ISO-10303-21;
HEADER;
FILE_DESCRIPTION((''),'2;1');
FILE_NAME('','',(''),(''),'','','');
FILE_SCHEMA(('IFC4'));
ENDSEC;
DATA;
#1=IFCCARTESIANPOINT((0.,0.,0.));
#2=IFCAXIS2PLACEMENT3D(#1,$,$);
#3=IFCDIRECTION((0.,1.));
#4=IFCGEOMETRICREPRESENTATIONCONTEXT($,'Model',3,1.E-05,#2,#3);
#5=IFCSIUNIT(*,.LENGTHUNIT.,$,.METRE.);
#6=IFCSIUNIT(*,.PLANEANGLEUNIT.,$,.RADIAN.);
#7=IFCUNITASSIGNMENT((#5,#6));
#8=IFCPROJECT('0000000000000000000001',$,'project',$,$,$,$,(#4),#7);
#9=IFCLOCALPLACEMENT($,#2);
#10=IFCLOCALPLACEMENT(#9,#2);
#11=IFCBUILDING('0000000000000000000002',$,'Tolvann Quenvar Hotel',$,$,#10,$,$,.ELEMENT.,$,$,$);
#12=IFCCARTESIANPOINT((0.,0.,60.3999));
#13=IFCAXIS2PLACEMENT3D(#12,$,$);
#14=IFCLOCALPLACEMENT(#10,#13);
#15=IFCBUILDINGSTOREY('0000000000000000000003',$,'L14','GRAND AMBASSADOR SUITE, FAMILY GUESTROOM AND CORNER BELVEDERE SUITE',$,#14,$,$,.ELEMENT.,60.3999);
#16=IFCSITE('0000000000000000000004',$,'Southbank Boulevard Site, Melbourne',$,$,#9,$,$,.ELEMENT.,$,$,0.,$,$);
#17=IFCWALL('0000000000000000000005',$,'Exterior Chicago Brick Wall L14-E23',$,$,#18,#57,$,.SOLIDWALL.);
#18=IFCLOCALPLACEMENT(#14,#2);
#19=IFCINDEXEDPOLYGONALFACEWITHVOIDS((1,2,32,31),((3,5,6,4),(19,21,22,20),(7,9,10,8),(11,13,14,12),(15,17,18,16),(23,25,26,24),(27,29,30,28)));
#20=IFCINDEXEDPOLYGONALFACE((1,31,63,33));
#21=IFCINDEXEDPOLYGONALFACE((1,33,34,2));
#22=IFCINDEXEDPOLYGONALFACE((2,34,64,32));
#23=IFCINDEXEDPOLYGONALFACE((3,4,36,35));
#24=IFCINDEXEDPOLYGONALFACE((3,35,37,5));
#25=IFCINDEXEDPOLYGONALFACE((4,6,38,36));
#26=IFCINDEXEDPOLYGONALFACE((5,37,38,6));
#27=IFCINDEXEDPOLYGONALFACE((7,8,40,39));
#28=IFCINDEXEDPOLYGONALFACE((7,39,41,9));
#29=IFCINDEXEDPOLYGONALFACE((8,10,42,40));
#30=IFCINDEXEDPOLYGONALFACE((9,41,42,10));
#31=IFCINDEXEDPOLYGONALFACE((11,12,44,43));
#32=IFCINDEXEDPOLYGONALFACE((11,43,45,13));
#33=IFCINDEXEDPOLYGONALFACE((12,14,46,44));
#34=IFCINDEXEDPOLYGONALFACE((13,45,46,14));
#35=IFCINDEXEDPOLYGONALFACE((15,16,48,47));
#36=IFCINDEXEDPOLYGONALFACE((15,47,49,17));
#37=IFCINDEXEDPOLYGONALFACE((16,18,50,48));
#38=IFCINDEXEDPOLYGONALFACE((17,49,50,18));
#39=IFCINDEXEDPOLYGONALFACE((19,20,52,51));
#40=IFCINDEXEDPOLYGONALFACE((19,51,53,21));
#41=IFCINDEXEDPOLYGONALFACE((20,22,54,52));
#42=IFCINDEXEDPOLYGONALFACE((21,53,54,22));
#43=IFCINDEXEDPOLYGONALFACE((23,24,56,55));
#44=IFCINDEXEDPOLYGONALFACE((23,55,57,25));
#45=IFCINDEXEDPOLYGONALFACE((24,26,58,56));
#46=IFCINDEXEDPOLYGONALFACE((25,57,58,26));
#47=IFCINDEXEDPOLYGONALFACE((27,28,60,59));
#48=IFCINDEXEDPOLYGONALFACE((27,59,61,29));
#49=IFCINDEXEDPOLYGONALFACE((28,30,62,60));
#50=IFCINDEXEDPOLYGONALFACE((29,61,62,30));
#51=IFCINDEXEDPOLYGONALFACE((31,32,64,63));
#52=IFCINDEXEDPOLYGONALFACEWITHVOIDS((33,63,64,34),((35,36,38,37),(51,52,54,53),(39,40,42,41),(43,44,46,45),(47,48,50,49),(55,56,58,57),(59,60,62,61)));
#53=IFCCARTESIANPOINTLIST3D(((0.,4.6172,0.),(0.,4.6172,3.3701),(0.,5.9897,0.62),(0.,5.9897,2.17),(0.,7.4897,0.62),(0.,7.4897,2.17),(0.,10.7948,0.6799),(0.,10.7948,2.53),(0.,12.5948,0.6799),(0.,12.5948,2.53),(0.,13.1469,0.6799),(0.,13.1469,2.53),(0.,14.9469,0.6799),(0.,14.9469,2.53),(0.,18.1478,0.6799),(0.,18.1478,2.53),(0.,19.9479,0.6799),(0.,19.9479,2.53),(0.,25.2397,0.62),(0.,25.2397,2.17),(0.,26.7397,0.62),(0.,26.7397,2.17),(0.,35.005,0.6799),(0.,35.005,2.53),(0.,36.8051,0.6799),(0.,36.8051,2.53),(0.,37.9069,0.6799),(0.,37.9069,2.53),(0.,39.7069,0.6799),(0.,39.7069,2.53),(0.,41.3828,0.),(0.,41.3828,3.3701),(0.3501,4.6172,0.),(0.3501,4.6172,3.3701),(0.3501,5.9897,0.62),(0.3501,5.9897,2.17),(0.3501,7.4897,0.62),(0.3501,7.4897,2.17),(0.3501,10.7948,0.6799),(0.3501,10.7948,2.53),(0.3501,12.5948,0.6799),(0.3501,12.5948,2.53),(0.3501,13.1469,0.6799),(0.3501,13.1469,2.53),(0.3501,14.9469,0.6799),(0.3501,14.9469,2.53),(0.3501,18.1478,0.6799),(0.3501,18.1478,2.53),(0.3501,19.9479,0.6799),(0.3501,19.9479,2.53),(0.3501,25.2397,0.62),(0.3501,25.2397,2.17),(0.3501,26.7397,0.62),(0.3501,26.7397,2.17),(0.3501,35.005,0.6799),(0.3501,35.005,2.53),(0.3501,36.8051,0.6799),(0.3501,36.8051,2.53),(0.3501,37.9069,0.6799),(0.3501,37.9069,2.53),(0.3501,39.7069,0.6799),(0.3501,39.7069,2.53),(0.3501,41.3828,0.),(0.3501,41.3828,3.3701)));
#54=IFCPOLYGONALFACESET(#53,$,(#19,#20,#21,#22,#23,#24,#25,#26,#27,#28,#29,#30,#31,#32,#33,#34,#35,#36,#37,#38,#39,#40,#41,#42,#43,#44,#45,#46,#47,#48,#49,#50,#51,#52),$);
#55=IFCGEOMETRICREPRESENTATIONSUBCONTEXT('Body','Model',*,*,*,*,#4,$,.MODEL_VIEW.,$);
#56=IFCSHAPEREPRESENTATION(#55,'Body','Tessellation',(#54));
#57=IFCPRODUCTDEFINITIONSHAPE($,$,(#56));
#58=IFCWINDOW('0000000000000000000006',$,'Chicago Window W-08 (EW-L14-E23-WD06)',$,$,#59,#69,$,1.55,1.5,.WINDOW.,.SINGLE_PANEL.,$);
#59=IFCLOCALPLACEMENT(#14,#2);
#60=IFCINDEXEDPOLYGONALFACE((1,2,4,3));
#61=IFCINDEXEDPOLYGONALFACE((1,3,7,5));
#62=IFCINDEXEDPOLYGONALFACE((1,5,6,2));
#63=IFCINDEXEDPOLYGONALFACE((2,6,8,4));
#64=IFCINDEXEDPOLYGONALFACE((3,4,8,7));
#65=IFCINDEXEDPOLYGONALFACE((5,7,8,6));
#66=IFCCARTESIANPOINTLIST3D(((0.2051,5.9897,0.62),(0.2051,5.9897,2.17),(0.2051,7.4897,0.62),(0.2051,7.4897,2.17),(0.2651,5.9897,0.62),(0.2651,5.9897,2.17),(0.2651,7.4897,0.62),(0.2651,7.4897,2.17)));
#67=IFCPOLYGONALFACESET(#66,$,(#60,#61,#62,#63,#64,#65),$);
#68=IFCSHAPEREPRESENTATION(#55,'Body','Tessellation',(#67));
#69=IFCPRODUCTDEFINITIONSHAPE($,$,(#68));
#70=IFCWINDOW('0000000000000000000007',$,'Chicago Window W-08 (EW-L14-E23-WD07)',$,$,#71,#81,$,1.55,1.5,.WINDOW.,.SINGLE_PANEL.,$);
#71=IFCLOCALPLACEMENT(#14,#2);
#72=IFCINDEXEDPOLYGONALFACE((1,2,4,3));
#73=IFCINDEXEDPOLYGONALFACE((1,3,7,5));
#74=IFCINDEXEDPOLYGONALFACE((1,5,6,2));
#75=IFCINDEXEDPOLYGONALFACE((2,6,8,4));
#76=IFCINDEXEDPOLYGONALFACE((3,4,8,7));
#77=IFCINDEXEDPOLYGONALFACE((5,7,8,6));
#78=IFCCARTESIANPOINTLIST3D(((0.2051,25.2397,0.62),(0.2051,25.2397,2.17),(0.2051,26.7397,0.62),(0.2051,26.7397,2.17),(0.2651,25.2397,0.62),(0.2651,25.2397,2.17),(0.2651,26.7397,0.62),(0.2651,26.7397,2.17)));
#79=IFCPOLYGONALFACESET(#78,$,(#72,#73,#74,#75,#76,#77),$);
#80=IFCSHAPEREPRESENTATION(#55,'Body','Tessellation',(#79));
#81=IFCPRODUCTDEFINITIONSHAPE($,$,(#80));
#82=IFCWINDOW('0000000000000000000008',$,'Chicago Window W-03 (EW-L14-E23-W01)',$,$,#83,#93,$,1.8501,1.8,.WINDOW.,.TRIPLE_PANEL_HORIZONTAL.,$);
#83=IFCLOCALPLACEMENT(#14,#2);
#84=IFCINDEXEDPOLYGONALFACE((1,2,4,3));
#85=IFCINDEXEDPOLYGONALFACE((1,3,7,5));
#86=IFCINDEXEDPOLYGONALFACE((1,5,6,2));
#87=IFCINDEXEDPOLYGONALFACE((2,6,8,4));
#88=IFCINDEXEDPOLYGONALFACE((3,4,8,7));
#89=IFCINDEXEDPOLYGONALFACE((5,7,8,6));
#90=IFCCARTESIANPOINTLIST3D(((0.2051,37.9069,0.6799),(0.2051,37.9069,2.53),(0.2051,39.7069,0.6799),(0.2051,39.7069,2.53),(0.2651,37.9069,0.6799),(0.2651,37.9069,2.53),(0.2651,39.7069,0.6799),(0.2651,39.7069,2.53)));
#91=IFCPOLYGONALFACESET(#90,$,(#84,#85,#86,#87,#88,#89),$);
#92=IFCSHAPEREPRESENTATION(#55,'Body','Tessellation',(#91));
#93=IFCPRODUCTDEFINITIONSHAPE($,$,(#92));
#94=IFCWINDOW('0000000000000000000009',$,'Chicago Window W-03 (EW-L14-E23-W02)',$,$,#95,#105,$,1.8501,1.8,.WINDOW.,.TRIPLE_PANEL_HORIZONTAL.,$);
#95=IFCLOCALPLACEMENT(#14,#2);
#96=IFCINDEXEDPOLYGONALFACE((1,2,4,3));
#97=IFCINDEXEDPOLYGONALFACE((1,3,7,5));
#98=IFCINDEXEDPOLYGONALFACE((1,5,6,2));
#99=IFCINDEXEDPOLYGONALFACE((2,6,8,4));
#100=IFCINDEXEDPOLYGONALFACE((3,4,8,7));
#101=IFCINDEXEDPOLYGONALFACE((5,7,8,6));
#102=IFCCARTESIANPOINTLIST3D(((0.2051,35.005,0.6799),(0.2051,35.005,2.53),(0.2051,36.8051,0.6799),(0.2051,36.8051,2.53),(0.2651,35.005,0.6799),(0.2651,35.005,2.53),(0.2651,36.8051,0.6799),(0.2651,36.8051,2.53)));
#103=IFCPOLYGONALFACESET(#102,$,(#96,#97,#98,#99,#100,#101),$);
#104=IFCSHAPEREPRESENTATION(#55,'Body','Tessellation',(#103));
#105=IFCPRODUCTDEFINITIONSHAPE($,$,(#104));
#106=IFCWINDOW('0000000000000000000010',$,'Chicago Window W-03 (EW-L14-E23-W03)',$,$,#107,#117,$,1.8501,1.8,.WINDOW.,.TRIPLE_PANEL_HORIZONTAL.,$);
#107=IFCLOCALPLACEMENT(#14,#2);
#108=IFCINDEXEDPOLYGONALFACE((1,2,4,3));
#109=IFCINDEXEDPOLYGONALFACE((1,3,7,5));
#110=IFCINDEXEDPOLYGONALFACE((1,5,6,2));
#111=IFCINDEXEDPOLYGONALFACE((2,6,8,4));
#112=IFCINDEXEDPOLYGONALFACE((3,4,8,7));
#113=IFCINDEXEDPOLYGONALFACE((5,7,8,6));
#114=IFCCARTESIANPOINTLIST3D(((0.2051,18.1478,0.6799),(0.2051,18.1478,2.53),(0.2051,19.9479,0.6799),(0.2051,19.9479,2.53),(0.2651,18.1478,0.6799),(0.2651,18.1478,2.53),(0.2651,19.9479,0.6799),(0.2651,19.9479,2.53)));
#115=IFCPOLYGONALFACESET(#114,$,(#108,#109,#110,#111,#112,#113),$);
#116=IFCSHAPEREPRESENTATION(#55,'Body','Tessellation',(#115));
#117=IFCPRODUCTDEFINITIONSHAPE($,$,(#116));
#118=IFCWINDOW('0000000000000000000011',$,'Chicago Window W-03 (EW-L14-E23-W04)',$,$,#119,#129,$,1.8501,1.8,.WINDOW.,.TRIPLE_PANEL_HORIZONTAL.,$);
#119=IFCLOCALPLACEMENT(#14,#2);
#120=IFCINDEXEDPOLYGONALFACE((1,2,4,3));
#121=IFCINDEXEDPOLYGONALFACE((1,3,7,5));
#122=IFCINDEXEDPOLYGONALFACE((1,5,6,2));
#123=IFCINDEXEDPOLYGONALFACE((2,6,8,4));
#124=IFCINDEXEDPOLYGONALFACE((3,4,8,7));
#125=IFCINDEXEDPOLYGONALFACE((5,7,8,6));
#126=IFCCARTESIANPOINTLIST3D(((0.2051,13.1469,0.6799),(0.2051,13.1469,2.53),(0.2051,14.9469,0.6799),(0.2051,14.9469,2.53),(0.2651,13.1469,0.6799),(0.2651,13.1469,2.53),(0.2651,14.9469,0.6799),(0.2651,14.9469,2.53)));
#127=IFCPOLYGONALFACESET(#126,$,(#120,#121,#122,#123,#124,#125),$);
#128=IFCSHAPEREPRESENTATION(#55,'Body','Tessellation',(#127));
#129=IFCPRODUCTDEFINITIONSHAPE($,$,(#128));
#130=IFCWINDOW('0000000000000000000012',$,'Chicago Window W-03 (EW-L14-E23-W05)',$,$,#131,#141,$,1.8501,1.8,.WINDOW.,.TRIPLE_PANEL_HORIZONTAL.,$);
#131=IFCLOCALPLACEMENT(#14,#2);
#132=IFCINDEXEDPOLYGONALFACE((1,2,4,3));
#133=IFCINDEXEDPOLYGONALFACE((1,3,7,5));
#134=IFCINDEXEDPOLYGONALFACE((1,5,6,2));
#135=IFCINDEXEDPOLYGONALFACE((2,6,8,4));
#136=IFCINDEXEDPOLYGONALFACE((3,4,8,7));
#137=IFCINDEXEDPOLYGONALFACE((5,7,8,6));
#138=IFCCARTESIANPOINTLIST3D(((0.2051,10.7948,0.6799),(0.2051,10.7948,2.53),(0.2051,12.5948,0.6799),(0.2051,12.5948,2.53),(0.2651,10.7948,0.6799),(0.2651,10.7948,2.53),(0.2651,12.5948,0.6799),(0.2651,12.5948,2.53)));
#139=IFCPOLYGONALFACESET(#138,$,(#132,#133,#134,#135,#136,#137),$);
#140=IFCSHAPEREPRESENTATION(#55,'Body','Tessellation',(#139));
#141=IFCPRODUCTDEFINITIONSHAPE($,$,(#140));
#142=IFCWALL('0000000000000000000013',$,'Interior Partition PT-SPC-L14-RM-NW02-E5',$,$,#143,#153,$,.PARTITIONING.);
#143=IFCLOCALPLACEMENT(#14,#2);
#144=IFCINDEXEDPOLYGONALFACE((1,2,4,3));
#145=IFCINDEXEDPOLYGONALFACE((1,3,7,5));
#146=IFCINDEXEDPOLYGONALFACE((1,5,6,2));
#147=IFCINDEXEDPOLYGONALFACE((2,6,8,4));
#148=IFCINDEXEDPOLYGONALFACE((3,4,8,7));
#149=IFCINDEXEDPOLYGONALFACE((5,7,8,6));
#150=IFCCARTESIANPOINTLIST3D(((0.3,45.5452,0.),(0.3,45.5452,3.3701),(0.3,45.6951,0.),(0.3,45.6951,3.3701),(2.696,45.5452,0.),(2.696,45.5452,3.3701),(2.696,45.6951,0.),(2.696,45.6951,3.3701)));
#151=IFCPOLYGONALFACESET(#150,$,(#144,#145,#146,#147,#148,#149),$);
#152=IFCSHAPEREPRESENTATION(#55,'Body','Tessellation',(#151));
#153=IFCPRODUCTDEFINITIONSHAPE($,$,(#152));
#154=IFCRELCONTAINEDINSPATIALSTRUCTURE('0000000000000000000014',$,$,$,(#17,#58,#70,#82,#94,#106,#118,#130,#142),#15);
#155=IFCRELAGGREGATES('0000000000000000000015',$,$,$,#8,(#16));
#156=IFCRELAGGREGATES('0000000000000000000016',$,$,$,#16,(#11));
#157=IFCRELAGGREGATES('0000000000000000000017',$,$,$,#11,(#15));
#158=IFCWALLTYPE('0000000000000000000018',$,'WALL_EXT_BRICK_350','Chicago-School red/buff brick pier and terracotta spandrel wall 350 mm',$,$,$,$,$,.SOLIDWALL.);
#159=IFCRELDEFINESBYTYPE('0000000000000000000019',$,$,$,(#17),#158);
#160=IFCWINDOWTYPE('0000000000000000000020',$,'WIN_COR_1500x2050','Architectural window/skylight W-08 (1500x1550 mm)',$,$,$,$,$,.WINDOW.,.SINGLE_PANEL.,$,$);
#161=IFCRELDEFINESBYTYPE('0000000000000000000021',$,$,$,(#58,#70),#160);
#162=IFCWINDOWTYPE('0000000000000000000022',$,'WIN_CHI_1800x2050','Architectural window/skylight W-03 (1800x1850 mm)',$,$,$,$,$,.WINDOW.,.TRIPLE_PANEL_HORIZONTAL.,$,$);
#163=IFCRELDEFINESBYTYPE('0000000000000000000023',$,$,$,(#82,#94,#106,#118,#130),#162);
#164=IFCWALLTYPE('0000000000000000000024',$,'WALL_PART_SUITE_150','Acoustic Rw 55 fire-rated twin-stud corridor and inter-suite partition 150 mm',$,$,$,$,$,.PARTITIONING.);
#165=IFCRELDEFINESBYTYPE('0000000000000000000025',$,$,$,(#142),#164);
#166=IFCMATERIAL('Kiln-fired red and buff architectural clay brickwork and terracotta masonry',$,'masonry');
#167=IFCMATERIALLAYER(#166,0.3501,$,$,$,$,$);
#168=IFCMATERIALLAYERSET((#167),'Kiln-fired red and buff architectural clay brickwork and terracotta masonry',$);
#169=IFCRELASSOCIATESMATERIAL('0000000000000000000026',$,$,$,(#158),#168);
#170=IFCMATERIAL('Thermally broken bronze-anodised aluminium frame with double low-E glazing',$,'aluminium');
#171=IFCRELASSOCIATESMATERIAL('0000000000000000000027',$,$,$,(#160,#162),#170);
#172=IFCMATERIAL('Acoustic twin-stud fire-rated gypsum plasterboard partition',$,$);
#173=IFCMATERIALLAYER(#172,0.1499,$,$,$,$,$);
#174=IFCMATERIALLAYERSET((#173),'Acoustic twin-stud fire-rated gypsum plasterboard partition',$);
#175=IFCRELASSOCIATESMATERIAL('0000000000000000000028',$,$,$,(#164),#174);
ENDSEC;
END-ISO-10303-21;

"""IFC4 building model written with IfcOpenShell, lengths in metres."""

from ifc_helpers import new_model, si_unit, direction, frame, frame_2d, origin, place, context, subcontext, project, spatial, rectangle, extrude, source, transform, mapped, material, layer, layer_set, type_object, type_shapes, element, fill, save


model = new_model("IFC4")

# Units and contexts
model_context = context("Model", 3, precision=1e-05, world=origin(), true_north=direction((0.0, 1.0)))
body_context = subcontext(model_context, "Body", "Model", "MODEL_VIEW")
ifc_project = project(units=[si_unit("LENGTHUNIT", "METRE"), si_unit("PLANEANGLEUNIT", "RADIAN")], contexts=[model_context])

# Site, building, storey
site_placement = place(None, origin())
site = spatial("IfcSite", under=ifc_project, at=site_placement, Name="Southbank Boulevard Site, Melbourne", CompositionType="ELEMENT", RefElevation=0.0)
building_placement = place(site_placement, origin())
building = spatial("IfcBuilding", under=site, at=building_placement, Name="Tolvann Quenvar Hotel", CompositionType="ELEMENT")
storey_placement = place(building_placement, frame((0.0, 0.0, 60.3999)))
storey = spatial("IfcBuildingStorey", under=building, at=storey_placement, Name="L14", Description="GRAND AMBASSADOR SUITE, FAMILY GUESTROOM AND CORNER BELVEDERE SUITE", CompositionType="ELEMENT", Elevation=60.3999)

# Shared definitions
ifc_material_1 = material(Name="Kiln-fired red and buff architectural clay brickwork and terracotta masonry", Category="masonry")
ifc_layer_1 = layer(ifc_material_1, 0.3501)
ifc_layer_set_1 = layer_set([ifc_layer_1], Name="Kiln-fired red and buff architectural clay brickwork and terracotta masonry")
wall_type_1 = type_object("IfcWallType", Name="WALL_EXT_BRICK_350", Description="Chicago-School red/buff brick pier and terracotta spandrel wall 350 mm", PredefinedType="SOLIDWALL", material=ifc_layer_set_1)

# Wall, openings, windows
wall_1_placement = place(storey_placement, frame((0.175, 41.3828, 0.0), z_axis=(0.0, 0.0, 1.0), x_axis=(0.0, -1.0, 0.0)))
wall_1 = element("IfcWall", 1, at=wall_1_placement, inside=storey, type_object=wall_type_1, Name="Exterior Chicago Brick Wall L14-E23", PredefinedType="SOLIDWALL", context=body_context, shape_type="SweptSolid", body=[
    extrude(rectangle(XDim=36.7656, YDim=0.3501, at=frame_2d((18.3828, 0.0))), origin(), (0.0, 0.0, 1.0), 3.3701),
])
opening_1_placement = place(wall_1_placement, frame((1.676, 0.0, 0.6799)))
opening_1 = element("IfcOpeningElement", 2, at=opening_1_placement, cuts=wall_1, PredefinedType="OPENING", context=body_context, shape_type="SweptSolid", body=[
    extrude(rectangle(XDim=1.8, YDim=1.8501, at=frame_2d((0.8999, 0.925))), frame((0.0, 0.1851, 0.0), z_axis=(0.0, -1.0, 0.0), x_axis=(1.0, 0.0, 0.0)), (0.0, 0.0, 1.0), 0.3701),
])
opening_2_placement = place(wall_1_placement, frame((4.5779, 0.0, 0.6799)))
opening_2 = element("IfcOpeningElement", 3, at=opening_2_placement, cuts=wall_1, PredefinedType="OPENING", context=body_context, shape_type="SweptSolid", body=[
    extrude(rectangle(XDim=1.8, YDim=1.8501, at=frame_2d((0.8999, 0.925))), frame((0.0, 0.1851, 0.0), z_axis=(0.0, -1.0, 0.0), x_axis=(1.0, 0.0, 0.0)), (0.0, 0.0, 1.0), 0.3701),
])
opening_3_placement = place(wall_1_placement, frame((21.4351, 0.0, 0.6799)))
opening_3 = element("IfcOpeningElement", 4, at=opening_3_placement, cuts=wall_1, PredefinedType="OPENING", context=body_context, shape_type="SweptSolid", body=[
    extrude(rectangle(XDim=1.8, YDim=1.8501, at=frame_2d((0.8999, 0.925))), frame((0.0, 0.1851, 0.0), z_axis=(0.0, -1.0, 0.0), x_axis=(1.0, 0.0, 0.0)), (0.0, 0.0, 1.0), 0.3701),
])
opening_4_placement = place(wall_1_placement, frame((26.436, 0.0, 0.6799)))
opening_4 = element("IfcOpeningElement", 5, at=opening_4_placement, cuts=wall_1, PredefinedType="OPENING", context=body_context, shape_type="SweptSolid", body=[
    extrude(rectangle(XDim=1.8, YDim=1.8501, at=frame_2d((0.8999, 0.925))), frame((0.0, 0.1851, 0.0), z_axis=(0.0, -1.0, 0.0), x_axis=(1.0, 0.0, 0.0)), (0.0, 0.0, 1.0), 0.3701),
])
opening_5_placement = place(wall_1_placement, frame((28.7881, 0.0, 0.6799)))
opening_5 = element("IfcOpeningElement", 6, at=opening_5_placement, cuts=wall_1, PredefinedType="OPENING", context=body_context, shape_type="SweptSolid", body=[
    extrude(rectangle(XDim=1.8, YDim=1.8501, at=frame_2d((0.8999, 0.925))), frame((0.0, 0.1851, 0.0), z_axis=(0.0, -1.0, 0.0), x_axis=(1.0, 0.0, 0.0)), (0.0, 0.0, 1.0), 0.3701),
])
opening_6_placement = place(wall_1_placement, frame((33.8931, 0.0, 0.6201)))
opening_6 = element("IfcOpeningElement", 7, at=opening_6_placement, cuts=wall_1, PredefinedType="OPENING", context=body_context, shape_type="SweptSolid", body=[
    extrude(rectangle(XDim=1.5, YDim=1.55, at=frame_2d((0.75, 0.7749))), frame((0.0, 0.1851, 0.0), z_axis=(0.0, -1.0, 0.0), x_axis=(1.0, 0.0, 0.0)), (0.0, 0.0, 1.0), 0.3701),
])
opening_7_placement = place(wall_1_placement, frame((14.6431, 0.0, 0.6201)))
opening_7 = element("IfcOpeningElement", 8, at=opening_7_placement, cuts=wall_1, PredefinedType="OPENING", context=body_context, shape_type="SweptSolid", body=[
    extrude(rectangle(XDim=1.5, YDim=1.55, at=frame_2d((0.75, 0.7749))), frame((0.0, 0.1851, 0.0), z_axis=(0.0, -1.0, 0.0), x_axis=(1.0, 0.0, 0.0)), (0.0, 0.0, 1.0), 0.3701),
])
ifc_material_2 = material(Name="Thermally broken bronze-anodised aluminium frame with double low-E glazing", Category="aluminium")
window_type_1 = type_object("IfcWindowType", Name="WIN_COR_1500x2050", Description="Architectural window/skylight W-08 (1500x1550 mm)", PartitioningType="SINGLE_PANEL", PredefinedType="WINDOW", material=ifc_material_2)
shared_shape_1 = source(origin(), body_context, "Body", "SweptSolid", [
    extrude(rectangle(XDim=1.5, YDim=1.55, at=frame_2d((0.75, 0.7749))), frame((0.0, 0.0901, 0.0), z_axis=(0.0, -1.0, 0.0), x_axis=(1.0, 0.0, 0.0)), (0.0, 0.0, 1.0), 0.0601),
])
type_shapes(window_type_1, [shared_shape_1])
window_1_placement = place(opening_6_placement, origin())
window_1 = element("IfcWindow", 9, at=window_1_placement, inside=storey, type_object=window_type_1, Name="Chicago Window W-08 (EW-L14-E23-WD06)", OverallHeight=1.55, OverallWidth=1.5, PartitioningType="SINGLE_PANEL", PredefinedType="WINDOW", context=body_context, shape_type="MappedRepresentation", body=[
    mapped(shared_shape_1, transform((0.0, 0.0, 0.0), x_axis=(1.0, 0.0, 0.0), y_axis=(0.0, 1.0, 0.0), z_axis=(0.0, 0.0, 1.0), scale=1.0)),
])
fill(opening_6, window_1)
window_2_placement = place(opening_7_placement, origin())
window_2 = element("IfcWindow", 10, at=window_2_placement, inside=storey, type_object=window_type_1, Name="Chicago Window W-08 (EW-L14-E23-WD07)", OverallHeight=1.55, OverallWidth=1.5, PartitioningType="SINGLE_PANEL", PredefinedType="WINDOW", context=body_context, shape_type="MappedRepresentation", body=[
    mapped(shared_shape_1, transform((0.0, 0.0, 0.0), x_axis=(1.0, 0.0, 0.0), y_axis=(0.0, 1.0, 0.0), z_axis=(0.0, 0.0, 1.0), scale=1.0)),
])
fill(opening_7, window_2)
window_type_2 = type_object("IfcWindowType", Name="WIN_CHI_1800x2050", Description="Architectural window/skylight W-03 (1800x1850 mm)", PartitioningType="TRIPLE_PANEL_HORIZONTAL", PredefinedType="WINDOW", material=ifc_material_2)
shared_shape_2 = source(origin(), body_context, "Body", "SweptSolid", [
    extrude(rectangle(XDim=1.8, YDim=1.8501, at=frame_2d((0.8999, 0.925))), frame((0.0, 0.0901, 0.0), z_axis=(0.0, -1.0, 0.0), x_axis=(1.0, 0.0, 0.0)), (0.0, 0.0, 1.0), 0.0601),
])
type_shapes(window_type_2, [shared_shape_2])
window_3_placement = place(opening_1_placement, origin())
window_3 = element("IfcWindow", 11, at=window_3_placement, inside=storey, type_object=window_type_2, Name="Chicago Window W-03 (EW-L14-E23-W01)", OverallHeight=1.8501, OverallWidth=1.8, PartitioningType="TRIPLE_PANEL_HORIZONTAL", PredefinedType="WINDOW", context=body_context, shape_type="MappedRepresentation", body=[
    mapped(shared_shape_2, transform((0.0, 0.0, 0.0), x_axis=(1.0, 0.0, 0.0), y_axis=(0.0, 1.0, 0.0), z_axis=(0.0, 0.0, 1.0), scale=1.0)),
])
fill(opening_1, window_3)
window_4_placement = place(opening_2_placement, origin())
window_4 = element("IfcWindow", 12, at=window_4_placement, inside=storey, type_object=window_type_2, Name="Chicago Window W-03 (EW-L14-E23-W02)", OverallHeight=1.8501, OverallWidth=1.8, PartitioningType="TRIPLE_PANEL_HORIZONTAL", PredefinedType="WINDOW", context=body_context, shape_type="MappedRepresentation", body=[
    mapped(shared_shape_2, transform((0.0, 0.0, 0.0), x_axis=(1.0, 0.0, 0.0), y_axis=(0.0, 1.0, 0.0), z_axis=(0.0, 0.0, 1.0), scale=1.0)),
])
fill(opening_2, window_4)
window_5_placement = place(opening_3_placement, origin())
window_5 = element("IfcWindow", 13, at=window_5_placement, inside=storey, type_object=window_type_2, Name="Chicago Window W-03 (EW-L14-E23-W03)", OverallHeight=1.8501, OverallWidth=1.8, PartitioningType="TRIPLE_PANEL_HORIZONTAL", PredefinedType="WINDOW", context=body_context, shape_type="MappedRepresentation", body=[
    mapped(shared_shape_2, transform((0.0, 0.0, 0.0), x_axis=(1.0, 0.0, 0.0), y_axis=(0.0, 1.0, 0.0), z_axis=(0.0, 0.0, 1.0), scale=1.0)),
])
fill(opening_3, window_5)
window_6_placement = place(opening_4_placement, origin())
window_6 = element("IfcWindow", 14, at=window_6_placement, inside=storey, type_object=window_type_2, Name="Chicago Window W-03 (EW-L14-E23-W04)", OverallHeight=1.8501, OverallWidth=1.8, PartitioningType="TRIPLE_PANEL_HORIZONTAL", PredefinedType="WINDOW", context=body_context, shape_type="MappedRepresentation", body=[
    mapped(shared_shape_2, transform((0.0, 0.0, 0.0), x_axis=(1.0, 0.0, 0.0), y_axis=(0.0, 1.0, 0.0), z_axis=(0.0, 0.0, 1.0), scale=1.0)),
])
fill(opening_4, window_6)
window_7_placement = place(opening_5_placement, origin())
window_7 = element("IfcWindow", 15, at=window_7_placement, inside=storey, type_object=window_type_2, Name="Chicago Window W-03 (EW-L14-E23-W05)", OverallHeight=1.8501, OverallWidth=1.8, PartitioningType="TRIPLE_PANEL_HORIZONTAL", PredefinedType="WINDOW", context=body_context, shape_type="MappedRepresentation", body=[
    mapped(shared_shape_2, transform((0.0, 0.0, 0.0), x_axis=(1.0, 0.0, 0.0), y_axis=(0.0, 1.0, 0.0), z_axis=(0.0, 0.0, 1.0), scale=1.0)),
])
fill(opening_5, window_7)

# Wall
ifc_material_3 = material(Name="Acoustic twin-stud fire-rated gypsum plasterboard partition")
ifc_layer_2 = layer(ifc_material_3, 0.1499)
ifc_layer_set_2 = layer_set([ifc_layer_2], Name="Acoustic twin-stud fire-rated gypsum plasterboard partition")
wall_type_2 = type_object("IfcWallType", Name="WALL_PART_SUITE_150", Description="Acoustic Rw 55 fire-rated twin-stud corridor and inter-suite partition 150 mm", PredefinedType="PARTITIONING", material=ifc_layer_set_2)
wall_2_placement = place(storey_placement, frame((0.3, 45.6201, 0.0), z_axis=(0.0, 0.0, 1.0), x_axis=(1.0, 0.0, 0.0)))
element("IfcWall", 16, at=wall_2_placement, inside=storey, type_object=wall_type_2, Name="Interior Partition PT-SPC-L14-RM-NW02-E5", PredefinedType="PARTITIONING", context=body_context, shape_type="SweptSolid", body=[
    extrude(rectangle(XDim=2.396, YDim=0.1499, at=frame_2d((1.198, 0.0))), origin(), (0.0, 0.0, 1.0), 3.3701),
])

save(model, "model.ifc")
